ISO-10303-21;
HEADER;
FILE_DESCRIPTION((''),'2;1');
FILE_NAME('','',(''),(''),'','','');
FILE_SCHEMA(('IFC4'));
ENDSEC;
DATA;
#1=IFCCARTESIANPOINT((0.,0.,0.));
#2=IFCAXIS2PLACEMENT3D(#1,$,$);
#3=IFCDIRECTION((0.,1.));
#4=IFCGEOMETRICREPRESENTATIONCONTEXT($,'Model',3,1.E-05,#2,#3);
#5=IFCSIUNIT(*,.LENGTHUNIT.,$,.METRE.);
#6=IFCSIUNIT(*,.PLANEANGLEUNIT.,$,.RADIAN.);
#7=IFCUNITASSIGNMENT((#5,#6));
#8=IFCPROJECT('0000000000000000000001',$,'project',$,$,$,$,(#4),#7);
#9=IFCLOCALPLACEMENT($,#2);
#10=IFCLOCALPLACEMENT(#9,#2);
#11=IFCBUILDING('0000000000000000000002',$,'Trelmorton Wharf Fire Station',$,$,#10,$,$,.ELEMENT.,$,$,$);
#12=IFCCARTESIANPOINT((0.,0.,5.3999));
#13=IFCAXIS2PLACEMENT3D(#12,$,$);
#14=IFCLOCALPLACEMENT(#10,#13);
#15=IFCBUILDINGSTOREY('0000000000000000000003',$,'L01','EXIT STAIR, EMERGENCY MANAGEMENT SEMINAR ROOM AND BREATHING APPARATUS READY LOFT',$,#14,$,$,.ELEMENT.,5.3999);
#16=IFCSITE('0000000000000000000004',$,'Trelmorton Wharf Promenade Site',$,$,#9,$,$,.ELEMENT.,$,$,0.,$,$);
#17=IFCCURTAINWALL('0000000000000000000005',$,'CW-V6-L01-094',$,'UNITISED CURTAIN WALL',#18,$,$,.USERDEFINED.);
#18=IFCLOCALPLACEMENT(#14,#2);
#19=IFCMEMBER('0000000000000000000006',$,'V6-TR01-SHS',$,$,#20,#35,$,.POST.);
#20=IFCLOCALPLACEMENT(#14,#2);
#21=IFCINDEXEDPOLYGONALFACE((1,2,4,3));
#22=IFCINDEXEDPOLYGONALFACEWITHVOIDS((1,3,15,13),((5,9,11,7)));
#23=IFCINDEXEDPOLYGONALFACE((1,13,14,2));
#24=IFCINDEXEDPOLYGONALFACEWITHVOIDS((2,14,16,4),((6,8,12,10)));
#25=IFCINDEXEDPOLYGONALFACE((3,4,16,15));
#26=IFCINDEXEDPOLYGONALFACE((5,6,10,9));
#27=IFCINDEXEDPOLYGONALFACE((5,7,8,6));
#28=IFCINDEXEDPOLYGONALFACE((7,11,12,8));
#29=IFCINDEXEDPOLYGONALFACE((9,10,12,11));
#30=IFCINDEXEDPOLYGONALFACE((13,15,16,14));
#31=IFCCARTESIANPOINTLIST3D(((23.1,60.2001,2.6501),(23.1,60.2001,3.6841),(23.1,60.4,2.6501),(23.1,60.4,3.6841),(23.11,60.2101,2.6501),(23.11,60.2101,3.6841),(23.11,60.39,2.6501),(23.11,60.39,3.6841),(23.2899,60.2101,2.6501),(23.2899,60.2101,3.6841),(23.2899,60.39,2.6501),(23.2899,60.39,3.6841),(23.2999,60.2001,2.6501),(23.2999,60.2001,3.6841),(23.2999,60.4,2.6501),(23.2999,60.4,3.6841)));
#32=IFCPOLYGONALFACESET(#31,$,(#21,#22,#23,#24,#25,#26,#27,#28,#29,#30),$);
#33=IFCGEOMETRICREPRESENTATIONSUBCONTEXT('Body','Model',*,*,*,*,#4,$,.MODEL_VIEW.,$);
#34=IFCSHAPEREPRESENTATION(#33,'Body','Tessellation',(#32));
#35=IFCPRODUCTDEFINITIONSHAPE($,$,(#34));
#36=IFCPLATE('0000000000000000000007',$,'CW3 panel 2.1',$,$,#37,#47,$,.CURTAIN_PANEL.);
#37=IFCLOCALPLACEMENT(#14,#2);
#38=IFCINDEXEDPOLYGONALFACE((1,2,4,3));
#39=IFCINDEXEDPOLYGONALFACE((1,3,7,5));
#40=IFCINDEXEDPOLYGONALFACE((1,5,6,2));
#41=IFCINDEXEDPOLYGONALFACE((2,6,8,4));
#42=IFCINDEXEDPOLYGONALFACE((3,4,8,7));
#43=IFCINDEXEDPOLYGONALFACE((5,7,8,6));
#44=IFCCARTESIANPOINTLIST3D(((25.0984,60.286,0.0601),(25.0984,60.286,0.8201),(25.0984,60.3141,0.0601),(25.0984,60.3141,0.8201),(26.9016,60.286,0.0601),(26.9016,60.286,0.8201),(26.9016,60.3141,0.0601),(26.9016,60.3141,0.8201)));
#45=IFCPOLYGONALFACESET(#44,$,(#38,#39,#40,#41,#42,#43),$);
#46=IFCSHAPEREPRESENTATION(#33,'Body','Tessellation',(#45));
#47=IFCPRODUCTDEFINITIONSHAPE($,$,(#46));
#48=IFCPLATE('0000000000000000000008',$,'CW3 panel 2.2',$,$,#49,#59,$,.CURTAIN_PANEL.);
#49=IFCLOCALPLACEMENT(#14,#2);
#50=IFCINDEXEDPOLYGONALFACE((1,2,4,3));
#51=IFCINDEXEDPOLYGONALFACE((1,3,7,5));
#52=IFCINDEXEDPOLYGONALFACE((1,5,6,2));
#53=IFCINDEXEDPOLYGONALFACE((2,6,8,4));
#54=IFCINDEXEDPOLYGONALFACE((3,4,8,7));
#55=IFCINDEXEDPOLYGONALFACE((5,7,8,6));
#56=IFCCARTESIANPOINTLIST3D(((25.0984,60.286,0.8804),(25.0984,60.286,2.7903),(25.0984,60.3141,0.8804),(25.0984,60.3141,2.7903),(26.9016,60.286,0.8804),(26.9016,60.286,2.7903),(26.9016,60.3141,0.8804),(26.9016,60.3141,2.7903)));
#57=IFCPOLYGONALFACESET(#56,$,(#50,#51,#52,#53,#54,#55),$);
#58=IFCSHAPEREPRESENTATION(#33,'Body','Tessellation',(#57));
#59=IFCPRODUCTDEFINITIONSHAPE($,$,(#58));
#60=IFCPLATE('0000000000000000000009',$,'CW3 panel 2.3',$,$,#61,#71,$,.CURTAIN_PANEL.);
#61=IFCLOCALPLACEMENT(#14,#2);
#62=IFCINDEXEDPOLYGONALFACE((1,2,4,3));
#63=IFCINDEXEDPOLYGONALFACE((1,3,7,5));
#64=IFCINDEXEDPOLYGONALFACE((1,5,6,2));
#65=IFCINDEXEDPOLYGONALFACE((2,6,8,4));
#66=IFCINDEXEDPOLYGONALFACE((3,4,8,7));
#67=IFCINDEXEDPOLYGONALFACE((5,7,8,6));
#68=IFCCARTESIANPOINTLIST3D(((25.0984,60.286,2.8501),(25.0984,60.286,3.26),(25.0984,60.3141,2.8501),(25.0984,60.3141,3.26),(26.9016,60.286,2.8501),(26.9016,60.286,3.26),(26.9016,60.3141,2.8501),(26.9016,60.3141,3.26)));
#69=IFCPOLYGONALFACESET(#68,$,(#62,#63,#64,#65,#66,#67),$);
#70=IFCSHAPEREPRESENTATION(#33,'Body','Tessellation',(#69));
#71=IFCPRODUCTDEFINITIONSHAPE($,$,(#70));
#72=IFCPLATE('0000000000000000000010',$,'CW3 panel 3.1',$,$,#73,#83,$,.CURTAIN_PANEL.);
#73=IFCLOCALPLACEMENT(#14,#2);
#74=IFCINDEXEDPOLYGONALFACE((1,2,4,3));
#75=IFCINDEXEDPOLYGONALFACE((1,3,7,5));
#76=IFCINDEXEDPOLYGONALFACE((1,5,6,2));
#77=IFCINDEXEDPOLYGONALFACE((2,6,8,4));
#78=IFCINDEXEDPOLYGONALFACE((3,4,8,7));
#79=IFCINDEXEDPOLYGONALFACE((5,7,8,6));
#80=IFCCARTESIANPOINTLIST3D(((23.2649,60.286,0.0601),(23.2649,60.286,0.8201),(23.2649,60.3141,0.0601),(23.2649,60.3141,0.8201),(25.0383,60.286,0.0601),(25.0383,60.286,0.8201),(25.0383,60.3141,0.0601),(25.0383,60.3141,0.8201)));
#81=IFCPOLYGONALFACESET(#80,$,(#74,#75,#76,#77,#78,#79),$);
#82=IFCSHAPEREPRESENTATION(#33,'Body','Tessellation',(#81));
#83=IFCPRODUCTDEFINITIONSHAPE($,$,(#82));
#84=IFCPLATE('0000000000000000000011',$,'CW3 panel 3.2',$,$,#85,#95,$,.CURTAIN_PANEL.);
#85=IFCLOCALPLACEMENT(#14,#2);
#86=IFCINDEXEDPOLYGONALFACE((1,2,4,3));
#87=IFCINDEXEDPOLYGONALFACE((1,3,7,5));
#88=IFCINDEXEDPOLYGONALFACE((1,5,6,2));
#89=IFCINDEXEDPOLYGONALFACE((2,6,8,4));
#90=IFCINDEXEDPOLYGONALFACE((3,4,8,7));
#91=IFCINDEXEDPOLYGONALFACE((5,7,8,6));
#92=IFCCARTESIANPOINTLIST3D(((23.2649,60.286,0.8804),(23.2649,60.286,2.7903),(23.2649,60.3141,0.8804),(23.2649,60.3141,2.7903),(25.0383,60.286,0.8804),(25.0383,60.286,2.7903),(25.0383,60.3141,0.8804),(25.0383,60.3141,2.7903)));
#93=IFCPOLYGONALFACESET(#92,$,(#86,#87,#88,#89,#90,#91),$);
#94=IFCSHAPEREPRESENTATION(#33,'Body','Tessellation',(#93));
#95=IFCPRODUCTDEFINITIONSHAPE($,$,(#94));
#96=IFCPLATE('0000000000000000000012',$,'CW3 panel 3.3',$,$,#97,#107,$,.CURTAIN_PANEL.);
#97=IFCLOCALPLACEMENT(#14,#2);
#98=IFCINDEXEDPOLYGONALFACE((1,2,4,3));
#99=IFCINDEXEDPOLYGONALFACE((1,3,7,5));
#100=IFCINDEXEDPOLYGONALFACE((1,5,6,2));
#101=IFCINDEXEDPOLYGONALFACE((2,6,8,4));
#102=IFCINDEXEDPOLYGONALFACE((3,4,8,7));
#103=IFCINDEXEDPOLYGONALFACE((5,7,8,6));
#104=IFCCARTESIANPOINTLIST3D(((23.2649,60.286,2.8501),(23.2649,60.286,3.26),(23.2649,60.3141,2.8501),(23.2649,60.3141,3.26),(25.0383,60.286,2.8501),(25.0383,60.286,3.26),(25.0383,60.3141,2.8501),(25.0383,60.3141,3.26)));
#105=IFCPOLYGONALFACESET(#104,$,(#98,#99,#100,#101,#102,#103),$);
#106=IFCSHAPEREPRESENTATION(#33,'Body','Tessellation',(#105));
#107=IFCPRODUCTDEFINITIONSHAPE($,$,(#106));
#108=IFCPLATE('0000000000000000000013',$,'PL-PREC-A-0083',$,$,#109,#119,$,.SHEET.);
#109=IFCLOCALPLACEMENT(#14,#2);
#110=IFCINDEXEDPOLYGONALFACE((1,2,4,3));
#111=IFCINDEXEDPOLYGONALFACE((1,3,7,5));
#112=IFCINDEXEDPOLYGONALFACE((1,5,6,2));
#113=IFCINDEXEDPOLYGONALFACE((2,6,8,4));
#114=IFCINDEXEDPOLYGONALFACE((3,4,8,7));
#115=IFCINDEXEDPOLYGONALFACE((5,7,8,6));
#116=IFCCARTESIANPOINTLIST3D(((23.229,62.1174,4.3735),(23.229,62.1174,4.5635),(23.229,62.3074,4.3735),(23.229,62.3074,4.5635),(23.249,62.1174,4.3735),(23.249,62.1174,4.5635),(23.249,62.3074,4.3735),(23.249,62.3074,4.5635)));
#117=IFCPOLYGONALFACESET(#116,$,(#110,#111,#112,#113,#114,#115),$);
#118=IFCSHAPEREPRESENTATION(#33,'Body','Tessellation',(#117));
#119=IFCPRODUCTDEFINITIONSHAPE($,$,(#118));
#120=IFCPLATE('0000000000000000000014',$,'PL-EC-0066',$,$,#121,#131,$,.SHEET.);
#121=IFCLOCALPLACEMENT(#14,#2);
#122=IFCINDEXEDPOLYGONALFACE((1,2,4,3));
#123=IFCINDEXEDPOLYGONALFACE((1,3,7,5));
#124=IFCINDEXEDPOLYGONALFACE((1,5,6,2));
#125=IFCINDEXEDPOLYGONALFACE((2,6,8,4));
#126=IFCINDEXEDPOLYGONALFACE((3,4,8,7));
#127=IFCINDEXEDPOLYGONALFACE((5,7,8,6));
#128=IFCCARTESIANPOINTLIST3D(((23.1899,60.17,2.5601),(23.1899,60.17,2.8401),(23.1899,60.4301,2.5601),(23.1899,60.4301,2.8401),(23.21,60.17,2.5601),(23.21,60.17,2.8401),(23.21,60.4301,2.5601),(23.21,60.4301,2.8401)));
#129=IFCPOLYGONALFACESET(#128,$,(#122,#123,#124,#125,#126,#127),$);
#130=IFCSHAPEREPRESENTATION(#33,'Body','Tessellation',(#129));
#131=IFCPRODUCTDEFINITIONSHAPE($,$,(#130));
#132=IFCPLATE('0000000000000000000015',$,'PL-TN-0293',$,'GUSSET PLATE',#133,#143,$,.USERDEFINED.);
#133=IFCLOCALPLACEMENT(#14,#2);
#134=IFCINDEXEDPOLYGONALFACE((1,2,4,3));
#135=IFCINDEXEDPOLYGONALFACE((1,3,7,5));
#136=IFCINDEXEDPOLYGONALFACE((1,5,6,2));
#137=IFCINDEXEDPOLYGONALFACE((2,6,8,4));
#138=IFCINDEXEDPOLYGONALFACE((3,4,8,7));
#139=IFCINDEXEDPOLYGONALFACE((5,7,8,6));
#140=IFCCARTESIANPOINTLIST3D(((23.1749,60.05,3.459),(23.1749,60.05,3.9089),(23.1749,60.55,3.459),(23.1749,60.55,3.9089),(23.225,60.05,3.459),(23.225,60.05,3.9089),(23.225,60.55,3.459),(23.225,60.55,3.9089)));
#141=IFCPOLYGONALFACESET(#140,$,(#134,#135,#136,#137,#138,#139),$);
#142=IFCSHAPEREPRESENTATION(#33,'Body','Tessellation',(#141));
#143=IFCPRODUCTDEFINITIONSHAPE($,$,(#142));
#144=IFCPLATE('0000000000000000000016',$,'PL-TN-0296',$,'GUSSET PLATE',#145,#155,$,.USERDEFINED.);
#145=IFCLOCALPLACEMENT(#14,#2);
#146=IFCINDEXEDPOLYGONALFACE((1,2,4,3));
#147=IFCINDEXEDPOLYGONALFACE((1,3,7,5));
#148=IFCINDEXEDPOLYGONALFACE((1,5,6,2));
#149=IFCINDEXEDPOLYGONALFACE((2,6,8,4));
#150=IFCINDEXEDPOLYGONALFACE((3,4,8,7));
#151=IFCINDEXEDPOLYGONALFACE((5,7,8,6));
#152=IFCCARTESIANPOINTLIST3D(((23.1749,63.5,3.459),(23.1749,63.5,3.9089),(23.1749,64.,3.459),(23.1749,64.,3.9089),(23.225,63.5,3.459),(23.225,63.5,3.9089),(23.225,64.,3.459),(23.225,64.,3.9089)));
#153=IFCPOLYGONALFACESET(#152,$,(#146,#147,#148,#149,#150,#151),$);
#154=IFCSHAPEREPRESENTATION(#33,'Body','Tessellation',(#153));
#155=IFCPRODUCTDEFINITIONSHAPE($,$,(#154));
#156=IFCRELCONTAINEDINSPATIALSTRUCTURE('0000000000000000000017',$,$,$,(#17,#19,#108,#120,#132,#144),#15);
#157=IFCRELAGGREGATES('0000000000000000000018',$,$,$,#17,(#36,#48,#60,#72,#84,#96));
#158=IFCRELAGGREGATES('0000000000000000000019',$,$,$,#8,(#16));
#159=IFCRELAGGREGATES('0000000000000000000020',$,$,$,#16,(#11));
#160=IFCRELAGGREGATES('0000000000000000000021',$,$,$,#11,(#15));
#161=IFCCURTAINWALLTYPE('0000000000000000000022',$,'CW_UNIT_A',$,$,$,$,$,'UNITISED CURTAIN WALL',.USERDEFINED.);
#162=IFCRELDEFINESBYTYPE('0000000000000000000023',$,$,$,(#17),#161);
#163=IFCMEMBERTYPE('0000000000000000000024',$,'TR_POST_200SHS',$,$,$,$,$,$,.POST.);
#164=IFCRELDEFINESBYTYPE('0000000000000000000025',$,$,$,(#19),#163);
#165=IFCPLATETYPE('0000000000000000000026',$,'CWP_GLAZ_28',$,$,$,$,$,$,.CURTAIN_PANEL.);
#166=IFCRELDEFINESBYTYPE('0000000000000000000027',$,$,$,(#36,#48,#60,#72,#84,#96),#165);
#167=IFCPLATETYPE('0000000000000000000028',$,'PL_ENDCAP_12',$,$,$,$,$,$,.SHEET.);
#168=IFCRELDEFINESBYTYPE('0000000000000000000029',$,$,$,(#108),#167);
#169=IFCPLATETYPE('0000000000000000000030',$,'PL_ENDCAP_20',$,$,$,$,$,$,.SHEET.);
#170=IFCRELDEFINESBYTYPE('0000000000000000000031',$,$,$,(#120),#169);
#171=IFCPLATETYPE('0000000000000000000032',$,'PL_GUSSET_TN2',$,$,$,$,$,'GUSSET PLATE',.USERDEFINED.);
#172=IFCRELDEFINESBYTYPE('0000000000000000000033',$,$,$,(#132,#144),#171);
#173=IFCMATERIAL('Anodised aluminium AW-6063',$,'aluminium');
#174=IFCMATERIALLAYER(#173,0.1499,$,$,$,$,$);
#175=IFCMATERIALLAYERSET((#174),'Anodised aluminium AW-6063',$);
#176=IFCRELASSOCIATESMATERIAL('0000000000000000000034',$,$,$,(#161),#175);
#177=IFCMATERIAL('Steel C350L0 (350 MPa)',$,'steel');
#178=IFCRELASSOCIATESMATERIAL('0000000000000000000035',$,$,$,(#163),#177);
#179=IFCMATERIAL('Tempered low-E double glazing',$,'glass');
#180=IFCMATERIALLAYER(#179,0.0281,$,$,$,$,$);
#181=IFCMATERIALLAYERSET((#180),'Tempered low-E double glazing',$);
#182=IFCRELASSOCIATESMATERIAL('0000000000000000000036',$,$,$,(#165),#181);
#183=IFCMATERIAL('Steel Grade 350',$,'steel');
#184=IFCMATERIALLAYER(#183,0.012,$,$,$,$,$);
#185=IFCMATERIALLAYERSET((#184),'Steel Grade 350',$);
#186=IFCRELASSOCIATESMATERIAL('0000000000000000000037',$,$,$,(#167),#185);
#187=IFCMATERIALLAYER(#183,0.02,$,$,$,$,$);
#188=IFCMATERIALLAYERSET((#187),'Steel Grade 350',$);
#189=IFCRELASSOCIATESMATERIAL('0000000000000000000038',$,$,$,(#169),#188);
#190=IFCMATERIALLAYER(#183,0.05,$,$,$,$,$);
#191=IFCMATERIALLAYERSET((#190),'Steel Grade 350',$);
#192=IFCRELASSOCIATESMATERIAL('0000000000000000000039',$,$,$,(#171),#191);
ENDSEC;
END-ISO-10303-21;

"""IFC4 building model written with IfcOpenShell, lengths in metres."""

from ifc_helpers import new_model, si_unit, direction, frame, origin, origin_2d, place, context, subcontext, project, spatial, rectangle, hollow_rectangle, extrude, material, layer, layer_set, material_profile, profile_set, type_object, element, aggregate, save


model = new_model("IFC4")

# Units and contexts
model_context = context("Model", 3, precision=1e-05, world=origin(), true_north=direction((0.0, 1.0)))
body_context = subcontext(model_context, "Body", "Model", "MODEL_VIEW")
ifc_project = project(units=[si_unit("LENGTHUNIT", "METRE"), si_unit("PLANEANGLEUNIT", "RADIAN")], contexts=[model_context])

# Site, building, storey
site_placement = place(None, origin())
site = spatial("IfcSite", under=ifc_project, at=site_placement, Name="Trelmorton Wharf Promenade Site", CompositionType="ELEMENT", RefElevation=0.0)
building_placement = place(site_placement, origin())
building = spatial("IfcBuilding", under=site, at=building_placement, Name="Trelmorton Wharf Fire Station", CompositionType="ELEMENT")
storey_placement = place(building_placement, frame((0.0, 0.0, 5.3999)))
storey = spatial("IfcBuildingStorey", under=building, at=storey_placement, Name="L01", Description="EXIT STAIR, EMERGENCY MANAGEMENT SEMINAR ROOM AND BREATHING APPARATUS READY LOFT", CompositionType="ELEMENT", Elevation=5.3999)

# Curtain wall
ifc_material_1 = material(Name="Anodised aluminium AW-6063", Category="aluminium")
ifc_layer_1 = layer(ifc_material_1, 0.1499)
ifc_layer_set_1 = layer_set([ifc_layer_1], Name="Anodised aluminium AW-6063")
curtain_wall_type = type_object("IfcCurtainWallType", Name="CW_UNIT_A", ElementType="UNITISED CURTAIN WALL", PredefinedType="USERDEFINED", material=ifc_layer_set_1)
curtain_wall_placement = place(storey_placement, origin())
curtain_wall = element("IfcCurtainWall", 1, at=curtain_wall_placement, inside=storey, type_object=curtain_wall_type, Name="CW-V6-L01-094", ObjectType="UNITISED CURTAIN WALL", PredefinedType="USERDEFINED")

# Shared definitions
ifc_material_2 = material(Name="Steel C350L0 (350 MPa)", Category="steel")

# Shared definitions
ifc_material_3 = material(Name="Steel Grade 350", Category="steel")

# Member
ifc_material_profile_1 = material_profile(ifc_material_2, hollow_rectangle(XDim=0.2, YDim=0.2, WallThickness=0.01, at=origin_2d()), Name="200x200x10.0SHS")
ifc_profile_set_1 = profile_set([ifc_material_profile_1], Name="Steel C350L0 (350 MPa)")
member_type_1 = type_object("IfcMemberType", Name="TR_POST_200SHS", PredefinedType="POST", material=ifc_profile_set_1)
member_1_placement = place(storey_placement, frame((23.2, 60.3, 2.6501), z_axis=(0.0, 0.0, 1.0), x_axis=(1.0, 0.0, 0.0)))
element("IfcMember", 2, at=member_1_placement, inside=storey, type_object=member_type_1, Name="V6-TR01-SHS", PredefinedType="POST", context=body_context, shape_type="SweptSolid", body=[
    extrude(hollow_rectangle(XDim=0.2, YDim=0.2, WallThickness=0.01, at=origin_2d()), origin(), (0.0, 0.0, 1.0), 1.0339),
])

# Plates
ifc_material_4 = material(Name="Tempered low-E double glazing", Category="glass")
ifc_layer_2 = layer(ifc_material_4, 0.0281)
ifc_layer_set_2 = layer_set([ifc_layer_2], Name="Tempered low-E double glazing")
plate_type_1 = type_object("IfcPlateType", Name="CWP_GLAZ_28", PredefinedType="CURTAIN_PANEL", material=ifc_layer_set_2)
plate_1_placement = place(storey_placement, frame((26.0, 60.3, 0.0601), z_axis=(0.0, 0.0, 1.0), x_axis=(-1.0, 0.0, 0.0)))
plate_1 = element("IfcPlate", 3, at=plate_1_placement, type_object=plate_type_1, Name="CW3 panel 2.1", PredefinedType="CURTAIN_PANEL", context=body_context, shape_type="SweptSolid", body=[
    extrude(rectangle(XDim=1.8032, YDim=0.0281, at=origin_2d()), origin(), (0.0, 0.0, 1.0), 0.76),
])
plate_2_placement = place(storey_placement, frame((26.0, 60.3, 0.8804), z_axis=(0.0, 0.0, 1.0), x_axis=(-1.0, 0.0, 0.0)))
plate_2 = element("IfcPlate", 4, at=plate_2_placement, type_object=plate_type_1, Name="CW3 panel 2.2", PredefinedType="CURTAIN_PANEL", context=body_context, shape_type="SweptSolid", body=[
    extrude(rectangle(XDim=1.8032, YDim=0.0281, at=origin_2d()), origin(), (0.0, 0.0, 1.0), 1.9099),
])
plate_3_placement = place(storey_placement, frame((26.0, 60.3, 2.8501), z_axis=(0.0, 0.0, 1.0), x_axis=(-1.0, 0.0, 0.0)))
plate_3 = element("IfcPlate", 5, at=plate_3_placement, type_object=plate_type_1, Name="CW3 panel 2.3", PredefinedType="CURTAIN_PANEL", context=body_context, shape_type="SweptSolid", body=[
    extrude(rectangle(XDim=1.8032, YDim=0.0281, at=origin_2d()), origin(), (0.0, 0.0, 1.0), 0.4099),
])
plate_4_placement = place(storey_placement, frame((24.1516, 60.3, 0.0601), z_axis=(0.0, 0.0, 1.0), x_axis=(-1.0, 0.0, 0.0)))
plate_4 = element("IfcPlate", 6, at=plate_4_placement, type_object=plate_type_1, Name="CW3 panel 3.1", PredefinedType="CURTAIN_PANEL", context=body_context, shape_type="SweptSolid", body=[
    extrude(rectangle(XDim=1.7734, YDim=0.0281, at=origin_2d()), origin(), (0.0, 0.0, 1.0), 0.76),
])
plate_5_placement = place(storey_placement, frame((24.1516, 60.3, 0.8804), z_axis=(0.0, 0.0, 1.0), x_axis=(-1.0, 0.0, 0.0)))
plate_5 = element("IfcPlate", 7, at=plate_5_placement, type_object=plate_type_1, Name="CW3 panel 3.2", PredefinedType="CURTAIN_PANEL", context=body_context, shape_type="SweptSolid", body=[
    extrude(rectangle(XDim=1.7734, YDim=0.0281, at=origin_2d()), origin(), (0.0, 0.0, 1.0), 1.9099),
])
plate_6_placement = place(storey_placement, frame((24.1516, 60.3, 2.8501), z_axis=(0.0, 0.0, 1.0), x_axis=(-1.0, 0.0, 0.0)))
plate_6 = element("IfcPlate", 8, at=plate_6_placement, type_object=plate_type_1, Name="CW3 panel 3.3", PredefinedType="CURTAIN_PANEL", context=body_context, shape_type="SweptSolid", body=[
    extrude(rectangle(XDim=1.7734, YDim=0.0281, at=origin_2d()), origin(), (0.0, 0.0, 1.0), 0.4099),
])
aggregate(curtain_wall, [plate_1, plate_2, plate_3, plate_4, plate_5, plate_6])

# Plates
ifc_layer_3 = layer(ifc_material_3, 0.012)
ifc_layer_set_3 = layer_set([ifc_layer_3], Name="Steel Grade 350")
plate_type_2 = type_object("IfcPlateType", Name="PL_ENDCAP_12", PredefinedType="SHEET", material=ifc_layer_set_3)
plate_7_placement = place(storey_placement, frame((23.239, 62.2124, 4.3735), z_axis=(0.0, 0.0, 1.0), x_axis=(1.0, 0.0, 0.0)))
element("IfcPlate", 9, at=plate_7_placement, inside=storey, type_object=plate_type_2, Name="PL-PREC-A-0083", PredefinedType="SHEET", context=body_context, shape_type="SweptSolid", body=[
    extrude(rectangle(XDim=0.02, YDim=0.1899, at=origin_2d()), origin(), (0.0, 0.0, 1.0), 0.1899),
])
ifc_layer_4 = layer(ifc_material_3, 0.02)
ifc_layer_set_4 = layer_set([ifc_layer_4], Name="Steel Grade 350")
plate_type_3 = type_object("IfcPlateType", Name="PL_ENDCAP_20", PredefinedType="SHEET", material=ifc_layer_set_4)
plate_8_placement = place(storey_placement, frame((23.2, 60.3, 2.5601), z_axis=(0.0, 0.0, 1.0), x_axis=(1.0, 0.0, 0.0)))
element("IfcPlate", 10, at=plate_8_placement, inside=storey, type_object=plate_type_3, Name="PL-EC-0066", PredefinedType="SHEET", context=body_context, shape_type="SweptSolid", body=[
    extrude(rectangle(XDim=0.02, YDim=0.26, at=origin_2d()), origin(), (0.0, 0.0, 1.0), 0.28),
])
ifc_layer_5 = layer(ifc_material_3, 0.05)
ifc_layer_set_5 = layer_set([ifc_layer_5], Name="Steel Grade 350")
plate_type_4 = type_object("IfcPlateType", Name="PL_GUSSET_TN2", ElementType="GUSSET PLATE", PredefinedType="USERDEFINED", material=ifc_layer_set_5)
for number, where, z_axis, x_axis, name in (
    (11, (23.2, 60.3, 3.459), (0.0, 0.0, 1.0), (1.0, 0.0, 0.0), "PL-TN-0293"),
    (12, (23.2, 63.75, 3.459), (0.0, 0.0, 1.0), (1.0, 0.0, 0.0), "PL-TN-0296"),
):
    element("IfcPlate", number, at=place(storey_placement, frame(where, z_axis=z_axis, x_axis=x_axis)), inside=storey, type_object=plate_type_4, Name=name, ObjectType="GUSSET PLATE", PredefinedType="USERDEFINED", context=body_context, shape_type="SweptSolid", body=[
        extrude(rectangle(XDim=0.05, YDim=0.5, at=origin_2d()), origin(), (0.0, 0.0, 1.0), 0.45),
    ])

save(model, "model.ifc")
